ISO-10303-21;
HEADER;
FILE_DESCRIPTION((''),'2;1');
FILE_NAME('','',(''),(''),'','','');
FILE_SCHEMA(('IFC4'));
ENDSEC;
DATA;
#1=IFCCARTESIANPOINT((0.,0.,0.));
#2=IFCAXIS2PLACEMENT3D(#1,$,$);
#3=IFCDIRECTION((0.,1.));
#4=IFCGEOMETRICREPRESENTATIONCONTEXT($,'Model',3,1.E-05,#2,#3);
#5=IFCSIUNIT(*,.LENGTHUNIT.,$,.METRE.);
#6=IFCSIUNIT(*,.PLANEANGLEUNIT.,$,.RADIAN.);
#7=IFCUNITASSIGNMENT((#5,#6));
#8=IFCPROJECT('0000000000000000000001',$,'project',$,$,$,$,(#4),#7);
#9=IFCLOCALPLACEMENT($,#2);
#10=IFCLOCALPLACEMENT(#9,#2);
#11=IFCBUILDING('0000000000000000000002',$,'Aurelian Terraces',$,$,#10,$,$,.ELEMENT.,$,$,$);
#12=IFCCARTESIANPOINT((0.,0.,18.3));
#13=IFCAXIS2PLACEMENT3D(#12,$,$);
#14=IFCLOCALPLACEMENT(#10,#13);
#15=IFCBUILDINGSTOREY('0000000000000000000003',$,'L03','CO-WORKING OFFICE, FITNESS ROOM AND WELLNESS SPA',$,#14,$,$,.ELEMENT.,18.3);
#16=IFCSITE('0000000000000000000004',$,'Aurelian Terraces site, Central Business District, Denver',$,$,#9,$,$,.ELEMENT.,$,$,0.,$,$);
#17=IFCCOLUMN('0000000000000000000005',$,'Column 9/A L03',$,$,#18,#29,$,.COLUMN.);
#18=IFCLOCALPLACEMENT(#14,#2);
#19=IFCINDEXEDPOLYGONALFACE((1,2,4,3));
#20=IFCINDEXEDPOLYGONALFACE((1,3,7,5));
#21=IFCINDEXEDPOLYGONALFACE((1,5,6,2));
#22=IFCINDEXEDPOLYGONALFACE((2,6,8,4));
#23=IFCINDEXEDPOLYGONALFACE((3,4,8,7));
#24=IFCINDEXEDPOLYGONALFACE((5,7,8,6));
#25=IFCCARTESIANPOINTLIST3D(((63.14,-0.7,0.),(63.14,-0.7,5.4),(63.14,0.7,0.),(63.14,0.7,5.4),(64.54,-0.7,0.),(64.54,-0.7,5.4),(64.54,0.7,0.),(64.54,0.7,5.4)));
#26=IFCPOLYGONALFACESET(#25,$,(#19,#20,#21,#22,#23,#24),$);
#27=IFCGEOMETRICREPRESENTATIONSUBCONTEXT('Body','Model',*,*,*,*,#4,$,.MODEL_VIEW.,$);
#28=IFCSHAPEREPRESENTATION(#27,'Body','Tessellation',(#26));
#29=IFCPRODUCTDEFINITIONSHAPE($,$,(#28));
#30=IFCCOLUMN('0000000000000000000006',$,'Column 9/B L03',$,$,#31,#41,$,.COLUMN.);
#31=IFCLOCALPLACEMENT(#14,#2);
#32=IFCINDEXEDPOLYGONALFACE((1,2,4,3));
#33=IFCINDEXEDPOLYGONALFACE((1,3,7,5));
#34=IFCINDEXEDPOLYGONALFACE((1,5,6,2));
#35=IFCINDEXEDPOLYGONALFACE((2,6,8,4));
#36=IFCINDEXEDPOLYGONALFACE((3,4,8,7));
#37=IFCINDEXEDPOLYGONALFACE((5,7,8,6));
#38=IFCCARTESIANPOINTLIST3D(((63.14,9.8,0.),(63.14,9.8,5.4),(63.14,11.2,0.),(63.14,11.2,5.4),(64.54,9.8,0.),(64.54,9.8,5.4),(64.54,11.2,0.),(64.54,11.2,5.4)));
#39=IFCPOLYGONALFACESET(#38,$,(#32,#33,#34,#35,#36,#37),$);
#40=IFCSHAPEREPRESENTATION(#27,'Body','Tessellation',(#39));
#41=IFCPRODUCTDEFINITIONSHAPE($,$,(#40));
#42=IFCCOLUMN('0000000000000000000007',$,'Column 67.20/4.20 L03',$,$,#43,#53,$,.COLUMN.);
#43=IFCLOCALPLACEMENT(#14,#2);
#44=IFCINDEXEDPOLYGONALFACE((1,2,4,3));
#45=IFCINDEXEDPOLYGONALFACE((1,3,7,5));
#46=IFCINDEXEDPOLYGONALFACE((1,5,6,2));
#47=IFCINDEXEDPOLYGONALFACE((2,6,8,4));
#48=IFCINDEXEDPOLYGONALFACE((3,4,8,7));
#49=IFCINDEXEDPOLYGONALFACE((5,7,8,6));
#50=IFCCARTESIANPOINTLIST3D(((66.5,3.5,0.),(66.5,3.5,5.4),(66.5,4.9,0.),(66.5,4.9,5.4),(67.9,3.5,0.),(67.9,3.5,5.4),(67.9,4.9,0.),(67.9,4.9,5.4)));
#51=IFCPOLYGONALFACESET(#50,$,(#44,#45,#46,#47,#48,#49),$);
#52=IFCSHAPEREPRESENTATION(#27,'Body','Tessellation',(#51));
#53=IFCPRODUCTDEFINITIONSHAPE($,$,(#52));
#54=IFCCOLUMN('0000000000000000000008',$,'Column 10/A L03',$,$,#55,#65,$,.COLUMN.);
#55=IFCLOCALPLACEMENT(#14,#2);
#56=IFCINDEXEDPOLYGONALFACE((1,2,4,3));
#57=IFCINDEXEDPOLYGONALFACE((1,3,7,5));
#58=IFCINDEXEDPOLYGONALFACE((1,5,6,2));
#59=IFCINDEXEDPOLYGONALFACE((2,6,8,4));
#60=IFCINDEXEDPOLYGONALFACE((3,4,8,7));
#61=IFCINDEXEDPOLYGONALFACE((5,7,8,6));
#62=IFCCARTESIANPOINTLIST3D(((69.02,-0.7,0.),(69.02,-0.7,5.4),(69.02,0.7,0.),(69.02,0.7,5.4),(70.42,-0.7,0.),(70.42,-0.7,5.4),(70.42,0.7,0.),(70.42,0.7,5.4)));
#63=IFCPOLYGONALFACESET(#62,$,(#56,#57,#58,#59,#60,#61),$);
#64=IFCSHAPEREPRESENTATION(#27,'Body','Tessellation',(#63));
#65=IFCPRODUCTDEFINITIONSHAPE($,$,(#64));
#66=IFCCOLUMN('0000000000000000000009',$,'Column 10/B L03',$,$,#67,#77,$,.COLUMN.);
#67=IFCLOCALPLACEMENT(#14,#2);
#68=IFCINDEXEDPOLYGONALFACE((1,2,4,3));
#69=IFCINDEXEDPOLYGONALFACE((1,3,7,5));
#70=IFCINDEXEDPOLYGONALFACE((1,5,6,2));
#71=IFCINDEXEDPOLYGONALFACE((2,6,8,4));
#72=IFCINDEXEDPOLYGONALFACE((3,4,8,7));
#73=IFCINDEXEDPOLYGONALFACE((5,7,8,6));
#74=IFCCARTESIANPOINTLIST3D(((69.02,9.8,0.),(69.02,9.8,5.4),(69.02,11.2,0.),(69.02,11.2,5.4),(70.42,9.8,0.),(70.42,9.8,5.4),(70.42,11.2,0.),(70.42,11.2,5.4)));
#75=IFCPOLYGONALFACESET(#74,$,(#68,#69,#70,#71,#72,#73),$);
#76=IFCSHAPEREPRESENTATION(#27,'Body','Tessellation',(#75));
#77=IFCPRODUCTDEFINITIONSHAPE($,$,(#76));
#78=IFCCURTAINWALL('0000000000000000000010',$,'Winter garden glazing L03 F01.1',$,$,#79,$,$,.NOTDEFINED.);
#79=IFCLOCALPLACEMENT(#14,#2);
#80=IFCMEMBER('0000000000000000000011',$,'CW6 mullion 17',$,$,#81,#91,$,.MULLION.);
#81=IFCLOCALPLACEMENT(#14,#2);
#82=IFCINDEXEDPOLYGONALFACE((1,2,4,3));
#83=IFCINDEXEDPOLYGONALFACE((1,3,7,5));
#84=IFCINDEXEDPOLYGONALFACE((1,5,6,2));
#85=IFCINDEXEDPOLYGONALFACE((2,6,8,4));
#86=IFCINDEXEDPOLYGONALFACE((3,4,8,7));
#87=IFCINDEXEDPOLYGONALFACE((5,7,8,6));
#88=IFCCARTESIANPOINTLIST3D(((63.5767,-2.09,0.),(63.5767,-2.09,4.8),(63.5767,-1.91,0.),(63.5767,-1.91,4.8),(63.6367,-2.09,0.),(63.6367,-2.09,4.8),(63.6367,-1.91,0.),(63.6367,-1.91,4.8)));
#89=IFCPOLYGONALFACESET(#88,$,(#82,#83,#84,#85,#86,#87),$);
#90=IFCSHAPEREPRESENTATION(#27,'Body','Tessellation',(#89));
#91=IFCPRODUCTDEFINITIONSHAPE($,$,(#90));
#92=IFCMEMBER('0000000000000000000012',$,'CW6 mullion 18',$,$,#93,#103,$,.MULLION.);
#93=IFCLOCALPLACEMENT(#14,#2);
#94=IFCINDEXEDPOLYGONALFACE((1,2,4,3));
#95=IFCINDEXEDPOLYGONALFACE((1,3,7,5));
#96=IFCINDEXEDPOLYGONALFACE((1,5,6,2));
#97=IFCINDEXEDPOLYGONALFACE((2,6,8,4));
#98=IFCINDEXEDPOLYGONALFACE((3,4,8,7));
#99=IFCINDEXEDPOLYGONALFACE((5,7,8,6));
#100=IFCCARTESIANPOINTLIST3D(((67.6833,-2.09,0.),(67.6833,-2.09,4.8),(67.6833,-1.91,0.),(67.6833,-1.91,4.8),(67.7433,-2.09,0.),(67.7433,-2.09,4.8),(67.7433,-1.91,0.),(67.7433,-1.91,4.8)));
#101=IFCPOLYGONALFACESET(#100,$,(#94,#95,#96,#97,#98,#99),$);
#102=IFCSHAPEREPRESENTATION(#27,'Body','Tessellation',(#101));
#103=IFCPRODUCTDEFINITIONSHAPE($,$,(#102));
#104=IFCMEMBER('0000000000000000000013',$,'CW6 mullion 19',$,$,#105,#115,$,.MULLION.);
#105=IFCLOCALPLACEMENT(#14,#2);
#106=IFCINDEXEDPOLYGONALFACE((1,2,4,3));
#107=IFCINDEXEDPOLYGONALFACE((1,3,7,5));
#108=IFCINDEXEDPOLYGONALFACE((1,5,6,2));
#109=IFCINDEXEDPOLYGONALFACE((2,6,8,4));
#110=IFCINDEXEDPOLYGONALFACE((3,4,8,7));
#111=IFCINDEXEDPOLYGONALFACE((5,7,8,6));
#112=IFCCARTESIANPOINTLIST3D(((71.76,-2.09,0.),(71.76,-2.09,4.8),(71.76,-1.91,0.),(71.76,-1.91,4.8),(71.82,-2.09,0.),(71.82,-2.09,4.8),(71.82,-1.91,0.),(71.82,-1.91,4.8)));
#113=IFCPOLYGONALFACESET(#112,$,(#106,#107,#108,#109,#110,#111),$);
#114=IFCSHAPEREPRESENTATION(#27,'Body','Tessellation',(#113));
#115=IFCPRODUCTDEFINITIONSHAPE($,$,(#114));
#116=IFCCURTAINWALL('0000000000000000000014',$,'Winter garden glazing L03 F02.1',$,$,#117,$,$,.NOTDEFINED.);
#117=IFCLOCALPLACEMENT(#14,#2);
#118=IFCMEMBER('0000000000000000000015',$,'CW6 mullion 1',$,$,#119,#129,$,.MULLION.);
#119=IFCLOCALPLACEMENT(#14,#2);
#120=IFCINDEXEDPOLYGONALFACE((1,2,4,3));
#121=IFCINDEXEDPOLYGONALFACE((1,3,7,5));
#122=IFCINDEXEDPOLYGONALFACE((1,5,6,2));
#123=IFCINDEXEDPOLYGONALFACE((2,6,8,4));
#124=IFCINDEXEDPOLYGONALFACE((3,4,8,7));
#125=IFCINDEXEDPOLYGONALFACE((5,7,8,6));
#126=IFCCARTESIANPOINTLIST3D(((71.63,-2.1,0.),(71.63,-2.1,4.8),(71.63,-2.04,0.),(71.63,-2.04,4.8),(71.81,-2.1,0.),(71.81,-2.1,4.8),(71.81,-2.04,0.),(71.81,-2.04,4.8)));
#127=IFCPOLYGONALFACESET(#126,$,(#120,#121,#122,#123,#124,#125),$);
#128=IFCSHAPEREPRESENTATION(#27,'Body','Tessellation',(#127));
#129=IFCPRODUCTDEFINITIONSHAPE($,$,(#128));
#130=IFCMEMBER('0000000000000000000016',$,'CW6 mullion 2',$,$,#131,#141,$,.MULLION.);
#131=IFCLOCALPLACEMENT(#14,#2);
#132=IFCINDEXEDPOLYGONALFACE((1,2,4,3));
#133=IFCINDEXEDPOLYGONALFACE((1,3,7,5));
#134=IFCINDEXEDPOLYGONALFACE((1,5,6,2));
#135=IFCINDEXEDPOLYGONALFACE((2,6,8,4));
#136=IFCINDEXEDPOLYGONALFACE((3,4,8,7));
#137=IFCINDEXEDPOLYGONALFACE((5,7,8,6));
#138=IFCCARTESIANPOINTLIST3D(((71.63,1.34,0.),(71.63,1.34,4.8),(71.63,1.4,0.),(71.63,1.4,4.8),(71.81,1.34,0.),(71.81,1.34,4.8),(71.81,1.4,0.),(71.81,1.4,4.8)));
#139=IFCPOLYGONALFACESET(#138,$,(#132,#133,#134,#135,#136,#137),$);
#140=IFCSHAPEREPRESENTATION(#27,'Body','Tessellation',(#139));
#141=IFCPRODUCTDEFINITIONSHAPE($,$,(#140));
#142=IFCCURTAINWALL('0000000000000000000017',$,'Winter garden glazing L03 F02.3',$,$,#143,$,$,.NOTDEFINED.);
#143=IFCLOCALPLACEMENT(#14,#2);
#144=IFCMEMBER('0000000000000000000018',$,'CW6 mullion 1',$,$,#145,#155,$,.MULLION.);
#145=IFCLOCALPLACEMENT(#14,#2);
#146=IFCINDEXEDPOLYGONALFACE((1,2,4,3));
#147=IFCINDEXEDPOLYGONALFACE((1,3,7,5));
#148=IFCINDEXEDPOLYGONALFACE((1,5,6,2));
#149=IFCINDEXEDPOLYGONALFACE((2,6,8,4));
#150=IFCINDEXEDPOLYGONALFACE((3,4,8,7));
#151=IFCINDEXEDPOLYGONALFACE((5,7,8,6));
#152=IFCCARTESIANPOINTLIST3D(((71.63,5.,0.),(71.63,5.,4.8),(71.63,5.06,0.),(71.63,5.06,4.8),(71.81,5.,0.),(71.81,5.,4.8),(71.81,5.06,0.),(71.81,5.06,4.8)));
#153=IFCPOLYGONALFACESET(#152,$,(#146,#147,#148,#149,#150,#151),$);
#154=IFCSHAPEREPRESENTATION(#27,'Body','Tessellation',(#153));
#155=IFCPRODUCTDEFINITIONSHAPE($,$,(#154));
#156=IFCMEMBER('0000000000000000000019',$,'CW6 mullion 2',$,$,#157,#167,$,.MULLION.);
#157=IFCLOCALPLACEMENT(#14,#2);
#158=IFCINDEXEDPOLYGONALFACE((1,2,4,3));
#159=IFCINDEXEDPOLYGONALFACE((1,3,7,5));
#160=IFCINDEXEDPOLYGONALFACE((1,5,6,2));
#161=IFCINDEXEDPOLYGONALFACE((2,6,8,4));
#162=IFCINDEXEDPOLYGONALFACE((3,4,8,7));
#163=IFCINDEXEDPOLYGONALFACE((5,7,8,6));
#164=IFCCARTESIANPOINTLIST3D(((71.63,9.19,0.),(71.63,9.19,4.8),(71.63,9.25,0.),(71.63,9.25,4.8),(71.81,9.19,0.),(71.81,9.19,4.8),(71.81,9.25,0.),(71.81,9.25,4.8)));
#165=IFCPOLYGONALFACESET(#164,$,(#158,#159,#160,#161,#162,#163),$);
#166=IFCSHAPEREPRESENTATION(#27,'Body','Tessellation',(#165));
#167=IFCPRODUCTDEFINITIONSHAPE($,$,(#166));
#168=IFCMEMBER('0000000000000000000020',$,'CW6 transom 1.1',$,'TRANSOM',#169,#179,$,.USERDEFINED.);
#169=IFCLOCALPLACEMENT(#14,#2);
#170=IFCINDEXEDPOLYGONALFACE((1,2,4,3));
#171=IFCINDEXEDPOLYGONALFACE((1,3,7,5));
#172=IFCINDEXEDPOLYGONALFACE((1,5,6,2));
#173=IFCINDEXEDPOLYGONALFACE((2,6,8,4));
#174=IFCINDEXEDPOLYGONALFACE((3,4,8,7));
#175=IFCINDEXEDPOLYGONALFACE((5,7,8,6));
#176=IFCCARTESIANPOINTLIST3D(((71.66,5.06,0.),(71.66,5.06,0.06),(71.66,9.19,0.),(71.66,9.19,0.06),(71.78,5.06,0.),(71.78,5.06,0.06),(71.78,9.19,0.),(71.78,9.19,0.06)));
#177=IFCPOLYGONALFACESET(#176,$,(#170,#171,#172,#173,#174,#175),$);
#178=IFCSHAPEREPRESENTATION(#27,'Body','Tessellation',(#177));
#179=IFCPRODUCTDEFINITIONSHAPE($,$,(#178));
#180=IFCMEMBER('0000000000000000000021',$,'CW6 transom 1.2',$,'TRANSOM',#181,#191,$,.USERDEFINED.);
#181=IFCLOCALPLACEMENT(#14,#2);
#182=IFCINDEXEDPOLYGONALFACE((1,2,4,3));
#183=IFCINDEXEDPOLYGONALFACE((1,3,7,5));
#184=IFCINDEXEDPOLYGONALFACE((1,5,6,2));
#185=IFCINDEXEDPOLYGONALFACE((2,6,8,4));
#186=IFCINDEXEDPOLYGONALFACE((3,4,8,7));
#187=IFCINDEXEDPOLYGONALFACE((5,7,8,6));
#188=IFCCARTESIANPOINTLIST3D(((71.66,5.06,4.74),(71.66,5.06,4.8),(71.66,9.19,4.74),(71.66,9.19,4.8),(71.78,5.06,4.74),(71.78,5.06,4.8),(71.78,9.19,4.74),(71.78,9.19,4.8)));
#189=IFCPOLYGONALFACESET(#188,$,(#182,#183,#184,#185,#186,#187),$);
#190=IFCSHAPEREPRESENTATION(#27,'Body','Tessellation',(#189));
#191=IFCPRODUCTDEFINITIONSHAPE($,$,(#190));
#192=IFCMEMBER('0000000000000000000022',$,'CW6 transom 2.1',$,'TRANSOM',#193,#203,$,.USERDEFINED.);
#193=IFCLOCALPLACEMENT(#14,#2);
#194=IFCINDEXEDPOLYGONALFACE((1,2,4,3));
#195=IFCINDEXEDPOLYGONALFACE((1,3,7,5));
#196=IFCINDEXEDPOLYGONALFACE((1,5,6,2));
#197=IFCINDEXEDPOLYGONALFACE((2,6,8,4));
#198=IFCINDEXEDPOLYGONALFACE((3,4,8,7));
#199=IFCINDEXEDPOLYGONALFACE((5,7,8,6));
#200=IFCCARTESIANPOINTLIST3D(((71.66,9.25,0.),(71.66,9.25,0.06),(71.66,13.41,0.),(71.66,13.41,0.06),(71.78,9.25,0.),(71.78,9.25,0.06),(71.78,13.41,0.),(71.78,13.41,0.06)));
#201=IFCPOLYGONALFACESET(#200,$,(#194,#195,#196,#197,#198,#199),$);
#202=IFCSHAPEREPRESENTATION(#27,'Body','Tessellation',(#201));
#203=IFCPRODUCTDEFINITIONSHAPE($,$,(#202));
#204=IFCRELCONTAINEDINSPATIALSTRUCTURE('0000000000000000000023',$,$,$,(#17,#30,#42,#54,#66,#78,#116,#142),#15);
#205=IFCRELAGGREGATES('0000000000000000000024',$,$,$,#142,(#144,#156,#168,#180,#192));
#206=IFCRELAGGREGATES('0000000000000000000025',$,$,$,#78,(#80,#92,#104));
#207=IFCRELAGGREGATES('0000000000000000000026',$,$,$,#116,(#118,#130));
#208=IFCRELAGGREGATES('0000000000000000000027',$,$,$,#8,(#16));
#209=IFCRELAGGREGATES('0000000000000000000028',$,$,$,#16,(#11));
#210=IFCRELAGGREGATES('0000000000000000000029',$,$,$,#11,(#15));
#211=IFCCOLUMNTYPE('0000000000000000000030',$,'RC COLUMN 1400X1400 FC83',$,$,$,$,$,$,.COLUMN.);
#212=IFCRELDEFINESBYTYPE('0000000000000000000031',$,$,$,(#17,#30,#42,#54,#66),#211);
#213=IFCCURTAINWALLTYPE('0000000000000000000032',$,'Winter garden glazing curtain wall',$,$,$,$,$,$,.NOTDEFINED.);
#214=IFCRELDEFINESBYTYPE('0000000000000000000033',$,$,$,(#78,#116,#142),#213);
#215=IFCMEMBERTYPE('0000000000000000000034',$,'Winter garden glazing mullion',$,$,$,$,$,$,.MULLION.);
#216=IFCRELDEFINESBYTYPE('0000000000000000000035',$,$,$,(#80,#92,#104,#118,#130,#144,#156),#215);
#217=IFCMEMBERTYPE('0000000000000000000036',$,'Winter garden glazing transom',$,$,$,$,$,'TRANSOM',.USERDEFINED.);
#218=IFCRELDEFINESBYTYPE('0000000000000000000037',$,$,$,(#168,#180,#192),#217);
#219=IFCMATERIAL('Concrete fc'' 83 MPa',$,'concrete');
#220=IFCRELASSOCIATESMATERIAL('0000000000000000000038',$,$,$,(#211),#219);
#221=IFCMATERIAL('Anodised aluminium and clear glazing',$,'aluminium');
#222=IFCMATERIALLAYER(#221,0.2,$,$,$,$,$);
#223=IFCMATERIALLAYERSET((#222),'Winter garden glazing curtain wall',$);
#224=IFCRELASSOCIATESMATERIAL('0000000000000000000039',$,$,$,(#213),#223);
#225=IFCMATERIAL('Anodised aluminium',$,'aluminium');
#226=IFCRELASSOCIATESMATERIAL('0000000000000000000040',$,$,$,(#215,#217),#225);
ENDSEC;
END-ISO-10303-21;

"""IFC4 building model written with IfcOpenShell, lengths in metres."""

from ifc_helpers import new_model, si_unit, direction, frame, origin, origin_2d, place, context, subcontext, project, spatial, rectangle, extrude, source, transform, mapped, material, layer, layer_set, material_profile, profile_set, type_object, element, aggregate, save


model = new_model("IFC4")

# Units and contexts
model_context = context("Model", 3, precision=1e-05, world=origin(), true_north=direction((0.0, 1.0)))
body_context = subcontext(model_context, "Body", "Model", "MODEL_VIEW")
ifc_project = project(units=[si_unit("LENGTHUNIT", "METRE"), si_unit("PLANEANGLEUNIT", "RADIAN")], contexts=[model_context])

# Site, building, storey
site_placement = place(None, origin())
site = spatial("IfcSite", under=ifc_project, at=site_placement, Name="Aurelian Terraces site, Central Business District, Denver", CompositionType="ELEMENT", RefElevation=0.0)
building_placement = place(site_placement, origin())
building = spatial("IfcBuilding", under=site, at=building_placement, Name="Aurelian Terraces", CompositionType="ELEMENT")
storey_placement = place(building_placement, frame((0.0, 0.0, 18.3)))
storey = spatial("IfcBuildingStorey", under=building, at=storey_placement, Name="L03", Description="CO-WORKING OFFICE, FITNESS ROOM AND WELLNESS SPA", CompositionType="ELEMENT", Elevation=18.3)

# Columns
ifc_material_1 = material(Name="Concrete fc' 83 MPa", Category="concrete")
ifc_material_profile_1 = material_profile(ifc_material_1, rectangle(XDim=1.4, YDim=1.4, at=origin_2d()))
ifc_profile_set_1 = profile_set([ifc_material_profile_1], Name="Concrete fc' 83 MPa")
column_type = type_object("IfcColumnType", Name="RC COLUMN 1400X1400 FC83", PredefinedType="COLUMN", material=ifc_profile_set_1)
shared_shape_1 = source(origin(), body_context, "Body", "SweptSolid", [
    extrude(rectangle(XDim=1.4, YDim=1.4, at=origin_2d()), origin(), (0.0, 0.0, 1.0), 5.4),
])
for number, where, z_axis, x_axis, name in (
    (1, (63.84, 0.0, 0.0), (0.0, 0.0, 1.0), (1.0, 0.0, 0.0), "Column 9/A L03"),
    (2, (63.84, 10.5, 0.0), (0.0, 0.0, 1.0), (1.0, 0.0, 0.0), "Column 9/B L03"),
    (3, (67.2, 4.2, 0.0), (0.0, 0.0, 1.0), (1.0, 0.0, 0.0), "Column 67.20/4.20 L03"),
    (4, (69.72, 0.0, 0.0), (0.0, 0.0, 1.0), (1.0, 0.0, 0.0), "Column 10/A L03"),
    (5, (69.72, 10.5, 0.0), (0.0, 0.0, 1.0), (1.0, 0.0, 0.0), "Column 10/B L03"),
):
    element("IfcColumn", number, at=place(storey_placement, frame(where, z_axis=z_axis, x_axis=x_axis)), inside=storey, type_object=column_type, Name=name, PredefinedType="COLUMN", context=body_context, shape_type="MappedRepresentation", body=[
        mapped(shared_shape_1, transform((0.0, 0.0, 0.0), scale=1.0)),
    ])

# Curtain walls, members
ifc_material_2 = material(Name="Anodised aluminium and clear glazing", Category="aluminium")
ifc_layer_1 = layer(ifc_material_2, 0.2)
ifc_layer_set_1 = layer_set([ifc_layer_1], Name="Winter garden glazing curtain wall")
curtain_wall_type = type_object("IfcCurtainWallType", Name="Winter garden glazing curtain wall", PredefinedType="NOTDEFINED", material=ifc_layer_set_1)
curtain_wall_1_placement = place(storey_placement, origin())
curtain_wall_1 = element("IfcCurtainWall", 6, at=curtain_wall_1_placement, inside=storey, type_object=curtain_wall_type, Name="Winter garden glazing L03 F01.1", PredefinedType="NOTDEFINED")
ifc_material_3 = material(Name="Anodised aluminium", Category="aluminium")
ifc_material_profile_2 = material_profile(ifc_material_3, rectangle(XDim=0.18, YDim=0.06, at=origin_2d()))
ifc_profile_set_2 = profile_set([ifc_material_profile_2], Name="Anodised aluminium")
member_type_1 = type_object("IfcMemberType", Name="Winter garden glazing mullion", PredefinedType="MULLION", material=ifc_profile_set_2)
shared_shape_2 = source(origin(), body_context, "Body", "SweptSolid", [
    extrude(rectangle(XDim=0.18, YDim=0.06, at=origin_2d()), origin(), (0.0, 0.0, 1.0), 4.8),
])
member_1_placement = place(storey_placement, frame((63.6067, -2.0, 0.0), z_axis=(0.0, 0.0, 1.0), x_axis=(0.0, 1.0, 0.0)))
member_1 = element("IfcMember", 7, at=member_1_placement, type_object=member_type_1, Name="CW6 mullion 17", PredefinedType="MULLION", context=body_context, shape_type="MappedRepresentation", body=[
    mapped(shared_shape_2, transform((0.0, 0.0, 0.0), scale=1.0)),
])
member_2_placement = place(storey_placement, frame((67.7133, -2.0, 0.0), z_axis=(0.0, 0.0, 1.0), x_axis=(0.0, 1.0, 0.0)))
member_2 = element("IfcMember", 8, at=member_2_placement, type_object=member_type_1, Name="CW6 mullion 18", PredefinedType="MULLION", context=body_context, shape_type="MappedRepresentation", body=[
    mapped(shared_shape_2, transform((0.0, 0.0, 0.0), scale=1.0)),
])
member_3_placement = place(storey_placement, frame((71.79, -2.0, 0.0), z_axis=(0.0, 0.0, 1.0), x_axis=(0.0, 1.0, 0.0)))
member_3 = element("IfcMember", 9, at=member_3_placement, type_object=member_type_1, Name="CW6 mullion 19", PredefinedType="MULLION", context=body_context, shape_type="MappedRepresentation", body=[
    mapped(shared_shape_2, transform((0.0, 0.0, 0.0), scale=1.0)),
])
curtain_wall_2_placement = place(storey_placement, origin())
curtain_wall_2 = element("IfcCurtainWall", 10, at=curtain_wall_2_placement, inside=storey, type_object=curtain_wall_type, Name="Winter garden glazing L03 F02.1", PredefinedType="NOTDEFINED")
member_4_placement = place(storey_placement, frame((71.72, -2.07, 0.0), z_axis=(0.0, 0.0, 1.0), x_axis=(-1.0, 0.0, 0.0)))
member_4 = element("IfcMember", 11, at=member_4_placement, type_object=member_type_1, Name="CW6 mullion 1", PredefinedType="MULLION", context=body_context, shape_type="MappedRepresentation", body=[
    mapped(shared_shape_2, transform((0.0, 0.0, 0.0), scale=1.0)),
])
member_5_placement = place(storey_placement, frame((71.72, 1.37, 0.0), z_axis=(0.0, 0.0, 1.0), x_axis=(-1.0, 0.0, 0.0)))
member_5 = element("IfcMember", 12, at=member_5_placement, type_object=member_type_1, Name="CW6 mullion 2", PredefinedType="MULLION", context=body_context, shape_type="MappedRepresentation", body=[
    mapped(shared_shape_2, transform((0.0, 0.0, 0.0), scale=1.0)),
])
curtain_wall_3_placement = place(storey_placement, origin())
curtain_wall_3 = element("IfcCurtainWall", 13, at=curtain_wall_3_placement, inside=storey, type_object=curtain_wall_type, Name="Winter garden glazing L03 F02.3", PredefinedType="NOTDEFINED")
member_6_placement = place(storey_placement, frame((71.72, 5.03, 0.0), z_axis=(0.0, 0.0, 1.0), x_axis=(-1.0, 0.0, 0.0)))
member_6 = element("IfcMember", 14, at=member_6_placement, type_object=member_type_1, Name="CW6 mullion 1", PredefinedType="MULLION", context=body_context, shape_type="MappedRepresentation", body=[
    mapped(shared_shape_2, transform((0.0, 0.0, 0.0), scale=1.0)),
])
member_7_placement = place(storey_placement, frame((71.72, 9.22, 0.0), z_axis=(0.0, 0.0, 1.0), x_axis=(-1.0, 0.0, 0.0)))
member_7 = element("IfcMember", 15, at=member_7_placement, type_object=member_type_1, Name="CW6 mullion 2", PredefinedType="MULLION", context=body_context, shape_type="MappedRepresentation", body=[
    mapped(shared_shape_2, transform((0.0, 0.0, 0.0), scale=1.0)),
])
ifc_material_profile_3 = material_profile(ifc_material_3, rectangle(XDim=0.12, YDim=0.06, at=origin_2d()))
ifc_profile_set_3 = profile_set([ifc_material_profile_3], Name="Anodised aluminium")
member_type_2 = type_object("IfcMemberType", Name="Winter garden glazing transom", ElementType="TRANSOM", PredefinedType="USERDEFINED", material=ifc_profile_set_3)
shared_shape_3 = source(origin(), body_context, "Body", "SweptSolid", [
    extrude(rectangle(XDim=0.12, YDim=0.06, at=origin_2d()), origin(), (0.0, 0.0, 1.0), 4.13),
])
member_8_placement = place(storey_placement, frame((71.72, 5.06, 0.03), z_axis=(0.0, 1.0, 0.0), x_axis=(-1.0, 0.0, 0.0)))
member_8 = element("IfcMember", 16, at=member_8_placement, type_object=member_type_2, Name="CW6 transom 1.1", ObjectType="TRANSOM", PredefinedType="USERDEFINED", context=body_context, shape_type="MappedRepresentation", body=[
    mapped(shared_shape_3, transform((0.0, 0.0, 0.0), scale=1.0)),
])
member_9_placement = place(storey_placement, frame((71.72, 5.06, 4.77), z_axis=(0.0, 1.0, 0.0), x_axis=(-1.0, 0.0, 0.0)))
member_9 = element("IfcMember", 17, at=member_9_placement, type_object=member_type_2, Name="CW6 transom 1.2", ObjectType="TRANSOM", PredefinedType="USERDEFINED", context=body_context, shape_type="MappedRepresentation", body=[
    mapped(shared_shape_3, transform((0.0, 0.0, 0.0), scale=1.0)),
])
shared_shape_4 = source(origin(), body_context, "Body", "SweptSolid", [
    extrude(rectangle(XDim=0.12, YDim=0.06, at=origin_2d()), origin(), (0.0, 0.0, 1.0), 4.16),
])
member_10_placement = place(storey_placement, frame((71.72, 9.25, 0.03), z_axis=(0.0, 1.0, 0.0), x_axis=(-1.0, 0.0, 0.0)))
member_10 = element("IfcMember", 18, at=member_10_placement, type_object=member_type_2, Name="CW6 transom 2.1", ObjectType="TRANSOM", PredefinedType="USERDEFINED", context=body_context, shape_type="MappedRepresentation", body=[
    mapped(shared_shape_4, transform((0.0, 0.0, 0.0), scale=1.0)),
])

aggregate(curtain_wall_3, [member_6, member_7, member_8, member_9, member_10])
aggregate(curtain_wall_1, [member_1, member_2, member_3])
aggregate(curtain_wall_2, [member_4, member_5])

save(model, "model.ifc")
